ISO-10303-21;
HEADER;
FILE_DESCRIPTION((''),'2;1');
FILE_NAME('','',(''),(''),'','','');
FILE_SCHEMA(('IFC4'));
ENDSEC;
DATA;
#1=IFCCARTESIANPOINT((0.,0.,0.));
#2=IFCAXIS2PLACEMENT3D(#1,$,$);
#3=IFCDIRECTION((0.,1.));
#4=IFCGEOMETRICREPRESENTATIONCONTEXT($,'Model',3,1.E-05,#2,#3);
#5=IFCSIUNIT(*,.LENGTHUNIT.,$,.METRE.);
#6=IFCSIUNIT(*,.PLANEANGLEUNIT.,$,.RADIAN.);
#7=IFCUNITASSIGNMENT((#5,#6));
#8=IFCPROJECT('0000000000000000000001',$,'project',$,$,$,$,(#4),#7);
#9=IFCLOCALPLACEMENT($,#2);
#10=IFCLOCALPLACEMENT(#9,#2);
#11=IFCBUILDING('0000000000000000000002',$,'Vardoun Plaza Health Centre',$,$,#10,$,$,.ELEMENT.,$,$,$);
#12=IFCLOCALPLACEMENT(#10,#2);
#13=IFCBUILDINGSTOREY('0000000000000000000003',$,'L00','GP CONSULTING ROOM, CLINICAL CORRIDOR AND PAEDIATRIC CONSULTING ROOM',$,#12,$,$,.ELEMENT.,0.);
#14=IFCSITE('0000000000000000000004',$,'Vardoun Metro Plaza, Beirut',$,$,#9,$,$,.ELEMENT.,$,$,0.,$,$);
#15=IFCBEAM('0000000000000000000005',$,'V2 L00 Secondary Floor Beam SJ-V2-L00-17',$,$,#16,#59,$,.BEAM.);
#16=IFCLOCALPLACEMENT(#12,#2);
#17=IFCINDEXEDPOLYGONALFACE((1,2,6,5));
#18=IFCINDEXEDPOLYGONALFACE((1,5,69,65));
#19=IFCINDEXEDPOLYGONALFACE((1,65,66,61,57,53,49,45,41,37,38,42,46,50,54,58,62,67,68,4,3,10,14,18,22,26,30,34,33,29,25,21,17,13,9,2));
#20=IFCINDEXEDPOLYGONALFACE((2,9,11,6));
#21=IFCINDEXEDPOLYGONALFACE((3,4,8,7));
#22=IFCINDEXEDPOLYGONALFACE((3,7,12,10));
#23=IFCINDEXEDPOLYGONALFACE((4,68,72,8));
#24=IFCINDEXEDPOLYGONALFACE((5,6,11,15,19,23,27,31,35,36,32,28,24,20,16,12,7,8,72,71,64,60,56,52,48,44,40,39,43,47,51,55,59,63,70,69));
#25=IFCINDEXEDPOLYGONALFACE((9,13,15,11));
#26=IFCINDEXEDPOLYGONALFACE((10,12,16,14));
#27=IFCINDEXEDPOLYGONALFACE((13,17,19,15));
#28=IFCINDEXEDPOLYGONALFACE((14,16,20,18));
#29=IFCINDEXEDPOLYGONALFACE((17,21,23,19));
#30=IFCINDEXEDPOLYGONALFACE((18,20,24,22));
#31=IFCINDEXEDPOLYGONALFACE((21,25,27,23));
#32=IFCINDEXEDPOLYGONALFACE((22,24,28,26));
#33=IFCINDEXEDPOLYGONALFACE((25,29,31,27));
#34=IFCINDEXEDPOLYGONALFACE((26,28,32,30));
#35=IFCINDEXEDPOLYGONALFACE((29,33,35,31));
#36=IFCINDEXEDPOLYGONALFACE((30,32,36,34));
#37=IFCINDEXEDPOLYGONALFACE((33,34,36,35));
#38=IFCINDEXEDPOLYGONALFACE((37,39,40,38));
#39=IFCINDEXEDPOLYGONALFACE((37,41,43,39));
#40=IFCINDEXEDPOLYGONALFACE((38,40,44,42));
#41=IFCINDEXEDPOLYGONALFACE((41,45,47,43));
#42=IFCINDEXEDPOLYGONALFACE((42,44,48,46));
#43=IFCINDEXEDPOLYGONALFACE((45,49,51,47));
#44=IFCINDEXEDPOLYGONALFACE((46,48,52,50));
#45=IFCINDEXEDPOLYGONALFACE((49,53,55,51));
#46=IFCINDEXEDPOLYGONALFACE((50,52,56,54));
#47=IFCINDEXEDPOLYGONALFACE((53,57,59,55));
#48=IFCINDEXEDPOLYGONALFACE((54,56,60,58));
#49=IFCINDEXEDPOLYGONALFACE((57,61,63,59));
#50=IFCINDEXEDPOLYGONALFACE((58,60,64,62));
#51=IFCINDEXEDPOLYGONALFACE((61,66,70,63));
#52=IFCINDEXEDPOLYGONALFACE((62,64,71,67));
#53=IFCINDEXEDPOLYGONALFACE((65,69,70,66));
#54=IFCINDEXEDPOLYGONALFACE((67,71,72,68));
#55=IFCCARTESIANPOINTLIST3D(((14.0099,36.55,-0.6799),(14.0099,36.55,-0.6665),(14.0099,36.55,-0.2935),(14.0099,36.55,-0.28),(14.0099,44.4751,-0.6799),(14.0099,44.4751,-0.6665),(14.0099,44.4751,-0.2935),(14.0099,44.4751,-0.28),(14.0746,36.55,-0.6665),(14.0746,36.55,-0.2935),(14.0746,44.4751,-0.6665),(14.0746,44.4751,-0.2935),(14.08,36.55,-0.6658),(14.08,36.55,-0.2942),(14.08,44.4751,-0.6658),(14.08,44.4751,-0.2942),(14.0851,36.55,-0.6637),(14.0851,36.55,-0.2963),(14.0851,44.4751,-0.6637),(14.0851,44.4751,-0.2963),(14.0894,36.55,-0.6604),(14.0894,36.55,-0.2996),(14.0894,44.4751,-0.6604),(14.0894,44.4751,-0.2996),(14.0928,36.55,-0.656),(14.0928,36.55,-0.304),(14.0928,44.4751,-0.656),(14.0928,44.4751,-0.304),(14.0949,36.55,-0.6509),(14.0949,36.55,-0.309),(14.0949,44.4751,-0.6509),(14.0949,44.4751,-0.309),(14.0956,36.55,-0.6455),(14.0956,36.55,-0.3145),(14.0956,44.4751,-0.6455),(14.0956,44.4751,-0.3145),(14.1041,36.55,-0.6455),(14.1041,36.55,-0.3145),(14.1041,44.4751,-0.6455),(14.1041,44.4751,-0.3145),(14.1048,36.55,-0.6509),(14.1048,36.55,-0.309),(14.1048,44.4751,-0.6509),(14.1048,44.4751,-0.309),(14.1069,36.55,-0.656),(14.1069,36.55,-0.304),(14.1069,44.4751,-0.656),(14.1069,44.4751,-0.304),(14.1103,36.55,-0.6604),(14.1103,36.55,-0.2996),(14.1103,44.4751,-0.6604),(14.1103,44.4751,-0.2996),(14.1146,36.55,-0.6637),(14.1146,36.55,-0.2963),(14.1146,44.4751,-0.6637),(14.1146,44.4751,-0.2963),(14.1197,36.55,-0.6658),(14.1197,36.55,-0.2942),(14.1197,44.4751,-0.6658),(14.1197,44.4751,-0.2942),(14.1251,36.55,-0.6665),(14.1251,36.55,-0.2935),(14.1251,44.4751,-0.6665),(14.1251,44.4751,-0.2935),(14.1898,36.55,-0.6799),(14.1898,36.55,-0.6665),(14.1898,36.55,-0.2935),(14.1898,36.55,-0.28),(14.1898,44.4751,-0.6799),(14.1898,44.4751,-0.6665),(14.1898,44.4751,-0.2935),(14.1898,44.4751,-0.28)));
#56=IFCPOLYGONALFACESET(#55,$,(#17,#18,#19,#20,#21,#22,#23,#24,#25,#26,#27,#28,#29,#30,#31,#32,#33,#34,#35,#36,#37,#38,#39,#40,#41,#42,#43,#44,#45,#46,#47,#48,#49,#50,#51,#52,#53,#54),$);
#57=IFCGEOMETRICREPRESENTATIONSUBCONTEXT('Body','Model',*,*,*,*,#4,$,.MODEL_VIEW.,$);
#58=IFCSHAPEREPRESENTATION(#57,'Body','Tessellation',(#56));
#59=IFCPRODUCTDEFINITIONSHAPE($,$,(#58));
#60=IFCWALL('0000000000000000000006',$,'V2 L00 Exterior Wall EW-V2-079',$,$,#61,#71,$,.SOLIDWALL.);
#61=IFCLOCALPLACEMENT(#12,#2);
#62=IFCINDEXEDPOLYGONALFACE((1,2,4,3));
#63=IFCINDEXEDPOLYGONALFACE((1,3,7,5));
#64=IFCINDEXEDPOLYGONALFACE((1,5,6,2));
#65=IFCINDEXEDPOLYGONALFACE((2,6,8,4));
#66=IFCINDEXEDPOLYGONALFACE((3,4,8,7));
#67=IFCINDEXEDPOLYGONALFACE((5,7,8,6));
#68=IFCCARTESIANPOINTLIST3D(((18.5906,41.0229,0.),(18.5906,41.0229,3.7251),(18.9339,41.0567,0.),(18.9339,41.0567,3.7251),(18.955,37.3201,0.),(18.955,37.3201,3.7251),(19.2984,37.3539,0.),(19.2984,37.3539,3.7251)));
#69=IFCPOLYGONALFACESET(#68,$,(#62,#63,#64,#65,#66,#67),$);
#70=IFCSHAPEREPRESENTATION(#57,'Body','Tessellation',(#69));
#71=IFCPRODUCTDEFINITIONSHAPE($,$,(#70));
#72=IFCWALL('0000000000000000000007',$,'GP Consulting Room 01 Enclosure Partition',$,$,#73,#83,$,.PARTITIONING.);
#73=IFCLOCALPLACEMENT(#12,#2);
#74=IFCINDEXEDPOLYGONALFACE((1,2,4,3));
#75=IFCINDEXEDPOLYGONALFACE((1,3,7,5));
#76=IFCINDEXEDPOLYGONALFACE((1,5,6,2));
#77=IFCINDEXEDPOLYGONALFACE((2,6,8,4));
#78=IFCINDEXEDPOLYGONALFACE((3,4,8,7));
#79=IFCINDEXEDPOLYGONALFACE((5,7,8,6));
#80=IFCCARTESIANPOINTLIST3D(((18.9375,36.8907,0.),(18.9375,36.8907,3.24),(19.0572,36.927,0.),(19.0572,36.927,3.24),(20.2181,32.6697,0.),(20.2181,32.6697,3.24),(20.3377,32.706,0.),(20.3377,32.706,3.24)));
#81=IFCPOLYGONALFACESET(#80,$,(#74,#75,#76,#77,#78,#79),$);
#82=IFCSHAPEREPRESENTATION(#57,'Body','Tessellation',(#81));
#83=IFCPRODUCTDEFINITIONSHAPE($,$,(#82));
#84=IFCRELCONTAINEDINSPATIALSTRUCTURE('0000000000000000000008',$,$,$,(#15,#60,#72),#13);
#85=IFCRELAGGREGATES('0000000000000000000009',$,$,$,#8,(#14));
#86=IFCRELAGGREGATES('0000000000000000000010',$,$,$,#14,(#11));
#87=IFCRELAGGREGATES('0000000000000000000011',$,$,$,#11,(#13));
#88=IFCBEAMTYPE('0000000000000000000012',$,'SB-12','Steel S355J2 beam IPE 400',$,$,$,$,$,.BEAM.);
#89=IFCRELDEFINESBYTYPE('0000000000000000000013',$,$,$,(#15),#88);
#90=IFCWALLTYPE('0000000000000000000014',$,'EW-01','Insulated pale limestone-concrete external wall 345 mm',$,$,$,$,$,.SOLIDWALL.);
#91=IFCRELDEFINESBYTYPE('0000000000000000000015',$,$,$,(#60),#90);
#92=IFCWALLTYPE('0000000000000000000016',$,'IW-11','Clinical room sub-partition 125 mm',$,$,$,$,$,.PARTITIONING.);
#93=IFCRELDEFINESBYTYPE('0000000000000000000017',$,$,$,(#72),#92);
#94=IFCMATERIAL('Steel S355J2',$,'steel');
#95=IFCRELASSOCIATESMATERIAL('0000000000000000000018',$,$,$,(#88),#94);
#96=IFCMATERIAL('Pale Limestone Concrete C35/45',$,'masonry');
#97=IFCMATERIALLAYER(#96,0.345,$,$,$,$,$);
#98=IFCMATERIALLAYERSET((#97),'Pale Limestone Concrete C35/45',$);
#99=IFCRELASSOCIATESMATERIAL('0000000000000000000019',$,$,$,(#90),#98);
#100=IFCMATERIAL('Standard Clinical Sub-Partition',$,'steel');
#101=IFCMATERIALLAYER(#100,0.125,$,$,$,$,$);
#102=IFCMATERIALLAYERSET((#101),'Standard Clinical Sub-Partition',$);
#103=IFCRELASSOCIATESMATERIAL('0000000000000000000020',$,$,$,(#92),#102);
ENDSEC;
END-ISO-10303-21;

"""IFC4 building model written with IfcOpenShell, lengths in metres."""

from ifc_helpers import new_model, si_unit, direction, frame, frame_2d, origin, origin_2d, place, context, subcontext, project, spatial, rectangle, i_section, extrude, material, layer, layer_set, material_profile, profile_set, type_object, element, save


model = new_model("IFC4")

# Units and contexts
model_context = context("Model", 3, precision=1e-05, world=origin(), true_north=direction((0.0, 1.0)))
body_context = subcontext(model_context, "Body", "Model", "MODEL_VIEW")
ifc_project = project(units=[si_unit("LENGTHUNIT", "METRE"), si_unit("PLANEANGLEUNIT", "RADIAN")], contexts=[model_context])

# Site, building, storey
site_placement = place(None, origin())
site = spatial("IfcSite", under=ifc_project, at=site_placement, Name="Vardoun Metro Plaza, Beirut", CompositionType="ELEMENT", RefElevation=0.0)
building_placement = place(site_placement, origin())
building = spatial("IfcBuilding", under=site, at=building_placement, Name="Vardoun Plaza Health Centre", CompositionType="ELEMENT")
storey_placement = place(building_placement, origin())
storey = spatial("IfcBuildingStorey", under=building, at=storey_placement, Name="L00", Description="GP CONSULTING ROOM, CLINICAL CORRIDOR AND PAEDIATRIC CONSULTING ROOM", CompositionType="ELEMENT", Elevation=0.0)

# Beam
ifc_material_1 = material(Name="Steel S355J2", Category="steel")
ifc_material_profile_1 = material_profile(ifc_material_1, i_section(OverallWidth=0.1799, OverallDepth=0.3999, WebThickness=0.0085, FlangeThickness=0.0134, FilletRadius=0.021, at=origin_2d()), Name="IPE 400")
ifc_profile_set_1 = profile_set([ifc_material_profile_1], Name="Steel S355J2")
beam_type_1 = type_object("IfcBeamType", Name="SB-12", Description="Steel S355J2 beam IPE 400", PredefinedType="BEAM", material=ifc_profile_set_1)
beam_1_placement = place(storey_placement, frame((14.0999, 36.55, -0.48), z_axis=(0.0, 1.0, 0.0), x_axis=(-1.0, 0.0, 0.0)))
element("IfcBeam", 1, at=beam_1_placement, inside=storey, type_object=beam_type_1, Name="V2 L00 Secondary Floor Beam SJ-V2-L00-17", PredefinedType="BEAM", context=body_context, shape_type="SweptSolid", body=[
    extrude(i_section(OverallWidth=0.1799, OverallDepth=0.3999, WebThickness=0.0085, FlangeThickness=0.0134, FilletRadius=0.021, at=origin_2d()), origin(), (0.0, 0.0, 1.0), 7.925),
])

# Wall
ifc_material_2 = material(Name="Pale Limestone Concrete C35/45", Category="masonry")
ifc_layer_1 = layer(ifc_material_2, 0.345)
ifc_layer_set_1 = layer_set([ifc_layer_1], Name="Pale Limestone Concrete C35/45")
wall_type_1 = type_object("IfcWallType", Name="EW-01", Description="Insulated pale limestone-concrete external wall 345 mm", PredefinedType="SOLIDWALL", material=ifc_layer_set_1)
wall_1_placement = place(storey_placement, frame((18.7622, 41.0398, 0.0), z_axis=(0.0, 0.0, 1.0), x_axis=(0.097964, -0.99519, 0.0)))
element("IfcWall", 2, at=wall_1_placement, inside=storey, type_object=wall_type_1, Name="V2 L00 Exterior Wall EW-V2-079", PredefinedType="SOLIDWALL", context=body_context, shape_type="SweptSolid", body=[
    extrude(rectangle(XDim=3.7207, YDim=0.345, at=frame_2d((1.8604, 0.0))), origin(), (0.0, 0.0, 1.0), 3.7251),
])

# Wall
ifc_material_3 = material(Name="Standard Clinical Sub-Partition", Category="steel")
ifc_layer_2 = layer(ifc_material_3, 0.125)
ifc_layer_set_2 = layer_set([ifc_layer_2], Name="Standard Clinical Sub-Partition")
wall_type_2 = type_object("IfcWallType", Name="IW-11", Description="Clinical room sub-partition 125 mm", PredefinedType="PARTITIONING", material=ifc_layer_set_2)
wall_2_placement = place(storey_placement, frame((18.9973, 36.9089, 0.0), z_axis=(0.0, 0.0, 1.0), x_axis=(0.290307, -0.956934, 0.0)))
element("IfcWall", 3, at=wall_2_placement, inside=storey, type_object=wall_type_2, Name="GP Consulting Room 01 Enclosure Partition", PredefinedType="PARTITIONING", context=body_context, shape_type="SweptSolid", body=[
    extrude(rectangle(XDim=4.4109, YDim=0.125, at=frame_2d((2.2056, 0.0))), origin(), (0.0, 0.0, 1.0), 3.24),
])

save(model, "model.ifc")
